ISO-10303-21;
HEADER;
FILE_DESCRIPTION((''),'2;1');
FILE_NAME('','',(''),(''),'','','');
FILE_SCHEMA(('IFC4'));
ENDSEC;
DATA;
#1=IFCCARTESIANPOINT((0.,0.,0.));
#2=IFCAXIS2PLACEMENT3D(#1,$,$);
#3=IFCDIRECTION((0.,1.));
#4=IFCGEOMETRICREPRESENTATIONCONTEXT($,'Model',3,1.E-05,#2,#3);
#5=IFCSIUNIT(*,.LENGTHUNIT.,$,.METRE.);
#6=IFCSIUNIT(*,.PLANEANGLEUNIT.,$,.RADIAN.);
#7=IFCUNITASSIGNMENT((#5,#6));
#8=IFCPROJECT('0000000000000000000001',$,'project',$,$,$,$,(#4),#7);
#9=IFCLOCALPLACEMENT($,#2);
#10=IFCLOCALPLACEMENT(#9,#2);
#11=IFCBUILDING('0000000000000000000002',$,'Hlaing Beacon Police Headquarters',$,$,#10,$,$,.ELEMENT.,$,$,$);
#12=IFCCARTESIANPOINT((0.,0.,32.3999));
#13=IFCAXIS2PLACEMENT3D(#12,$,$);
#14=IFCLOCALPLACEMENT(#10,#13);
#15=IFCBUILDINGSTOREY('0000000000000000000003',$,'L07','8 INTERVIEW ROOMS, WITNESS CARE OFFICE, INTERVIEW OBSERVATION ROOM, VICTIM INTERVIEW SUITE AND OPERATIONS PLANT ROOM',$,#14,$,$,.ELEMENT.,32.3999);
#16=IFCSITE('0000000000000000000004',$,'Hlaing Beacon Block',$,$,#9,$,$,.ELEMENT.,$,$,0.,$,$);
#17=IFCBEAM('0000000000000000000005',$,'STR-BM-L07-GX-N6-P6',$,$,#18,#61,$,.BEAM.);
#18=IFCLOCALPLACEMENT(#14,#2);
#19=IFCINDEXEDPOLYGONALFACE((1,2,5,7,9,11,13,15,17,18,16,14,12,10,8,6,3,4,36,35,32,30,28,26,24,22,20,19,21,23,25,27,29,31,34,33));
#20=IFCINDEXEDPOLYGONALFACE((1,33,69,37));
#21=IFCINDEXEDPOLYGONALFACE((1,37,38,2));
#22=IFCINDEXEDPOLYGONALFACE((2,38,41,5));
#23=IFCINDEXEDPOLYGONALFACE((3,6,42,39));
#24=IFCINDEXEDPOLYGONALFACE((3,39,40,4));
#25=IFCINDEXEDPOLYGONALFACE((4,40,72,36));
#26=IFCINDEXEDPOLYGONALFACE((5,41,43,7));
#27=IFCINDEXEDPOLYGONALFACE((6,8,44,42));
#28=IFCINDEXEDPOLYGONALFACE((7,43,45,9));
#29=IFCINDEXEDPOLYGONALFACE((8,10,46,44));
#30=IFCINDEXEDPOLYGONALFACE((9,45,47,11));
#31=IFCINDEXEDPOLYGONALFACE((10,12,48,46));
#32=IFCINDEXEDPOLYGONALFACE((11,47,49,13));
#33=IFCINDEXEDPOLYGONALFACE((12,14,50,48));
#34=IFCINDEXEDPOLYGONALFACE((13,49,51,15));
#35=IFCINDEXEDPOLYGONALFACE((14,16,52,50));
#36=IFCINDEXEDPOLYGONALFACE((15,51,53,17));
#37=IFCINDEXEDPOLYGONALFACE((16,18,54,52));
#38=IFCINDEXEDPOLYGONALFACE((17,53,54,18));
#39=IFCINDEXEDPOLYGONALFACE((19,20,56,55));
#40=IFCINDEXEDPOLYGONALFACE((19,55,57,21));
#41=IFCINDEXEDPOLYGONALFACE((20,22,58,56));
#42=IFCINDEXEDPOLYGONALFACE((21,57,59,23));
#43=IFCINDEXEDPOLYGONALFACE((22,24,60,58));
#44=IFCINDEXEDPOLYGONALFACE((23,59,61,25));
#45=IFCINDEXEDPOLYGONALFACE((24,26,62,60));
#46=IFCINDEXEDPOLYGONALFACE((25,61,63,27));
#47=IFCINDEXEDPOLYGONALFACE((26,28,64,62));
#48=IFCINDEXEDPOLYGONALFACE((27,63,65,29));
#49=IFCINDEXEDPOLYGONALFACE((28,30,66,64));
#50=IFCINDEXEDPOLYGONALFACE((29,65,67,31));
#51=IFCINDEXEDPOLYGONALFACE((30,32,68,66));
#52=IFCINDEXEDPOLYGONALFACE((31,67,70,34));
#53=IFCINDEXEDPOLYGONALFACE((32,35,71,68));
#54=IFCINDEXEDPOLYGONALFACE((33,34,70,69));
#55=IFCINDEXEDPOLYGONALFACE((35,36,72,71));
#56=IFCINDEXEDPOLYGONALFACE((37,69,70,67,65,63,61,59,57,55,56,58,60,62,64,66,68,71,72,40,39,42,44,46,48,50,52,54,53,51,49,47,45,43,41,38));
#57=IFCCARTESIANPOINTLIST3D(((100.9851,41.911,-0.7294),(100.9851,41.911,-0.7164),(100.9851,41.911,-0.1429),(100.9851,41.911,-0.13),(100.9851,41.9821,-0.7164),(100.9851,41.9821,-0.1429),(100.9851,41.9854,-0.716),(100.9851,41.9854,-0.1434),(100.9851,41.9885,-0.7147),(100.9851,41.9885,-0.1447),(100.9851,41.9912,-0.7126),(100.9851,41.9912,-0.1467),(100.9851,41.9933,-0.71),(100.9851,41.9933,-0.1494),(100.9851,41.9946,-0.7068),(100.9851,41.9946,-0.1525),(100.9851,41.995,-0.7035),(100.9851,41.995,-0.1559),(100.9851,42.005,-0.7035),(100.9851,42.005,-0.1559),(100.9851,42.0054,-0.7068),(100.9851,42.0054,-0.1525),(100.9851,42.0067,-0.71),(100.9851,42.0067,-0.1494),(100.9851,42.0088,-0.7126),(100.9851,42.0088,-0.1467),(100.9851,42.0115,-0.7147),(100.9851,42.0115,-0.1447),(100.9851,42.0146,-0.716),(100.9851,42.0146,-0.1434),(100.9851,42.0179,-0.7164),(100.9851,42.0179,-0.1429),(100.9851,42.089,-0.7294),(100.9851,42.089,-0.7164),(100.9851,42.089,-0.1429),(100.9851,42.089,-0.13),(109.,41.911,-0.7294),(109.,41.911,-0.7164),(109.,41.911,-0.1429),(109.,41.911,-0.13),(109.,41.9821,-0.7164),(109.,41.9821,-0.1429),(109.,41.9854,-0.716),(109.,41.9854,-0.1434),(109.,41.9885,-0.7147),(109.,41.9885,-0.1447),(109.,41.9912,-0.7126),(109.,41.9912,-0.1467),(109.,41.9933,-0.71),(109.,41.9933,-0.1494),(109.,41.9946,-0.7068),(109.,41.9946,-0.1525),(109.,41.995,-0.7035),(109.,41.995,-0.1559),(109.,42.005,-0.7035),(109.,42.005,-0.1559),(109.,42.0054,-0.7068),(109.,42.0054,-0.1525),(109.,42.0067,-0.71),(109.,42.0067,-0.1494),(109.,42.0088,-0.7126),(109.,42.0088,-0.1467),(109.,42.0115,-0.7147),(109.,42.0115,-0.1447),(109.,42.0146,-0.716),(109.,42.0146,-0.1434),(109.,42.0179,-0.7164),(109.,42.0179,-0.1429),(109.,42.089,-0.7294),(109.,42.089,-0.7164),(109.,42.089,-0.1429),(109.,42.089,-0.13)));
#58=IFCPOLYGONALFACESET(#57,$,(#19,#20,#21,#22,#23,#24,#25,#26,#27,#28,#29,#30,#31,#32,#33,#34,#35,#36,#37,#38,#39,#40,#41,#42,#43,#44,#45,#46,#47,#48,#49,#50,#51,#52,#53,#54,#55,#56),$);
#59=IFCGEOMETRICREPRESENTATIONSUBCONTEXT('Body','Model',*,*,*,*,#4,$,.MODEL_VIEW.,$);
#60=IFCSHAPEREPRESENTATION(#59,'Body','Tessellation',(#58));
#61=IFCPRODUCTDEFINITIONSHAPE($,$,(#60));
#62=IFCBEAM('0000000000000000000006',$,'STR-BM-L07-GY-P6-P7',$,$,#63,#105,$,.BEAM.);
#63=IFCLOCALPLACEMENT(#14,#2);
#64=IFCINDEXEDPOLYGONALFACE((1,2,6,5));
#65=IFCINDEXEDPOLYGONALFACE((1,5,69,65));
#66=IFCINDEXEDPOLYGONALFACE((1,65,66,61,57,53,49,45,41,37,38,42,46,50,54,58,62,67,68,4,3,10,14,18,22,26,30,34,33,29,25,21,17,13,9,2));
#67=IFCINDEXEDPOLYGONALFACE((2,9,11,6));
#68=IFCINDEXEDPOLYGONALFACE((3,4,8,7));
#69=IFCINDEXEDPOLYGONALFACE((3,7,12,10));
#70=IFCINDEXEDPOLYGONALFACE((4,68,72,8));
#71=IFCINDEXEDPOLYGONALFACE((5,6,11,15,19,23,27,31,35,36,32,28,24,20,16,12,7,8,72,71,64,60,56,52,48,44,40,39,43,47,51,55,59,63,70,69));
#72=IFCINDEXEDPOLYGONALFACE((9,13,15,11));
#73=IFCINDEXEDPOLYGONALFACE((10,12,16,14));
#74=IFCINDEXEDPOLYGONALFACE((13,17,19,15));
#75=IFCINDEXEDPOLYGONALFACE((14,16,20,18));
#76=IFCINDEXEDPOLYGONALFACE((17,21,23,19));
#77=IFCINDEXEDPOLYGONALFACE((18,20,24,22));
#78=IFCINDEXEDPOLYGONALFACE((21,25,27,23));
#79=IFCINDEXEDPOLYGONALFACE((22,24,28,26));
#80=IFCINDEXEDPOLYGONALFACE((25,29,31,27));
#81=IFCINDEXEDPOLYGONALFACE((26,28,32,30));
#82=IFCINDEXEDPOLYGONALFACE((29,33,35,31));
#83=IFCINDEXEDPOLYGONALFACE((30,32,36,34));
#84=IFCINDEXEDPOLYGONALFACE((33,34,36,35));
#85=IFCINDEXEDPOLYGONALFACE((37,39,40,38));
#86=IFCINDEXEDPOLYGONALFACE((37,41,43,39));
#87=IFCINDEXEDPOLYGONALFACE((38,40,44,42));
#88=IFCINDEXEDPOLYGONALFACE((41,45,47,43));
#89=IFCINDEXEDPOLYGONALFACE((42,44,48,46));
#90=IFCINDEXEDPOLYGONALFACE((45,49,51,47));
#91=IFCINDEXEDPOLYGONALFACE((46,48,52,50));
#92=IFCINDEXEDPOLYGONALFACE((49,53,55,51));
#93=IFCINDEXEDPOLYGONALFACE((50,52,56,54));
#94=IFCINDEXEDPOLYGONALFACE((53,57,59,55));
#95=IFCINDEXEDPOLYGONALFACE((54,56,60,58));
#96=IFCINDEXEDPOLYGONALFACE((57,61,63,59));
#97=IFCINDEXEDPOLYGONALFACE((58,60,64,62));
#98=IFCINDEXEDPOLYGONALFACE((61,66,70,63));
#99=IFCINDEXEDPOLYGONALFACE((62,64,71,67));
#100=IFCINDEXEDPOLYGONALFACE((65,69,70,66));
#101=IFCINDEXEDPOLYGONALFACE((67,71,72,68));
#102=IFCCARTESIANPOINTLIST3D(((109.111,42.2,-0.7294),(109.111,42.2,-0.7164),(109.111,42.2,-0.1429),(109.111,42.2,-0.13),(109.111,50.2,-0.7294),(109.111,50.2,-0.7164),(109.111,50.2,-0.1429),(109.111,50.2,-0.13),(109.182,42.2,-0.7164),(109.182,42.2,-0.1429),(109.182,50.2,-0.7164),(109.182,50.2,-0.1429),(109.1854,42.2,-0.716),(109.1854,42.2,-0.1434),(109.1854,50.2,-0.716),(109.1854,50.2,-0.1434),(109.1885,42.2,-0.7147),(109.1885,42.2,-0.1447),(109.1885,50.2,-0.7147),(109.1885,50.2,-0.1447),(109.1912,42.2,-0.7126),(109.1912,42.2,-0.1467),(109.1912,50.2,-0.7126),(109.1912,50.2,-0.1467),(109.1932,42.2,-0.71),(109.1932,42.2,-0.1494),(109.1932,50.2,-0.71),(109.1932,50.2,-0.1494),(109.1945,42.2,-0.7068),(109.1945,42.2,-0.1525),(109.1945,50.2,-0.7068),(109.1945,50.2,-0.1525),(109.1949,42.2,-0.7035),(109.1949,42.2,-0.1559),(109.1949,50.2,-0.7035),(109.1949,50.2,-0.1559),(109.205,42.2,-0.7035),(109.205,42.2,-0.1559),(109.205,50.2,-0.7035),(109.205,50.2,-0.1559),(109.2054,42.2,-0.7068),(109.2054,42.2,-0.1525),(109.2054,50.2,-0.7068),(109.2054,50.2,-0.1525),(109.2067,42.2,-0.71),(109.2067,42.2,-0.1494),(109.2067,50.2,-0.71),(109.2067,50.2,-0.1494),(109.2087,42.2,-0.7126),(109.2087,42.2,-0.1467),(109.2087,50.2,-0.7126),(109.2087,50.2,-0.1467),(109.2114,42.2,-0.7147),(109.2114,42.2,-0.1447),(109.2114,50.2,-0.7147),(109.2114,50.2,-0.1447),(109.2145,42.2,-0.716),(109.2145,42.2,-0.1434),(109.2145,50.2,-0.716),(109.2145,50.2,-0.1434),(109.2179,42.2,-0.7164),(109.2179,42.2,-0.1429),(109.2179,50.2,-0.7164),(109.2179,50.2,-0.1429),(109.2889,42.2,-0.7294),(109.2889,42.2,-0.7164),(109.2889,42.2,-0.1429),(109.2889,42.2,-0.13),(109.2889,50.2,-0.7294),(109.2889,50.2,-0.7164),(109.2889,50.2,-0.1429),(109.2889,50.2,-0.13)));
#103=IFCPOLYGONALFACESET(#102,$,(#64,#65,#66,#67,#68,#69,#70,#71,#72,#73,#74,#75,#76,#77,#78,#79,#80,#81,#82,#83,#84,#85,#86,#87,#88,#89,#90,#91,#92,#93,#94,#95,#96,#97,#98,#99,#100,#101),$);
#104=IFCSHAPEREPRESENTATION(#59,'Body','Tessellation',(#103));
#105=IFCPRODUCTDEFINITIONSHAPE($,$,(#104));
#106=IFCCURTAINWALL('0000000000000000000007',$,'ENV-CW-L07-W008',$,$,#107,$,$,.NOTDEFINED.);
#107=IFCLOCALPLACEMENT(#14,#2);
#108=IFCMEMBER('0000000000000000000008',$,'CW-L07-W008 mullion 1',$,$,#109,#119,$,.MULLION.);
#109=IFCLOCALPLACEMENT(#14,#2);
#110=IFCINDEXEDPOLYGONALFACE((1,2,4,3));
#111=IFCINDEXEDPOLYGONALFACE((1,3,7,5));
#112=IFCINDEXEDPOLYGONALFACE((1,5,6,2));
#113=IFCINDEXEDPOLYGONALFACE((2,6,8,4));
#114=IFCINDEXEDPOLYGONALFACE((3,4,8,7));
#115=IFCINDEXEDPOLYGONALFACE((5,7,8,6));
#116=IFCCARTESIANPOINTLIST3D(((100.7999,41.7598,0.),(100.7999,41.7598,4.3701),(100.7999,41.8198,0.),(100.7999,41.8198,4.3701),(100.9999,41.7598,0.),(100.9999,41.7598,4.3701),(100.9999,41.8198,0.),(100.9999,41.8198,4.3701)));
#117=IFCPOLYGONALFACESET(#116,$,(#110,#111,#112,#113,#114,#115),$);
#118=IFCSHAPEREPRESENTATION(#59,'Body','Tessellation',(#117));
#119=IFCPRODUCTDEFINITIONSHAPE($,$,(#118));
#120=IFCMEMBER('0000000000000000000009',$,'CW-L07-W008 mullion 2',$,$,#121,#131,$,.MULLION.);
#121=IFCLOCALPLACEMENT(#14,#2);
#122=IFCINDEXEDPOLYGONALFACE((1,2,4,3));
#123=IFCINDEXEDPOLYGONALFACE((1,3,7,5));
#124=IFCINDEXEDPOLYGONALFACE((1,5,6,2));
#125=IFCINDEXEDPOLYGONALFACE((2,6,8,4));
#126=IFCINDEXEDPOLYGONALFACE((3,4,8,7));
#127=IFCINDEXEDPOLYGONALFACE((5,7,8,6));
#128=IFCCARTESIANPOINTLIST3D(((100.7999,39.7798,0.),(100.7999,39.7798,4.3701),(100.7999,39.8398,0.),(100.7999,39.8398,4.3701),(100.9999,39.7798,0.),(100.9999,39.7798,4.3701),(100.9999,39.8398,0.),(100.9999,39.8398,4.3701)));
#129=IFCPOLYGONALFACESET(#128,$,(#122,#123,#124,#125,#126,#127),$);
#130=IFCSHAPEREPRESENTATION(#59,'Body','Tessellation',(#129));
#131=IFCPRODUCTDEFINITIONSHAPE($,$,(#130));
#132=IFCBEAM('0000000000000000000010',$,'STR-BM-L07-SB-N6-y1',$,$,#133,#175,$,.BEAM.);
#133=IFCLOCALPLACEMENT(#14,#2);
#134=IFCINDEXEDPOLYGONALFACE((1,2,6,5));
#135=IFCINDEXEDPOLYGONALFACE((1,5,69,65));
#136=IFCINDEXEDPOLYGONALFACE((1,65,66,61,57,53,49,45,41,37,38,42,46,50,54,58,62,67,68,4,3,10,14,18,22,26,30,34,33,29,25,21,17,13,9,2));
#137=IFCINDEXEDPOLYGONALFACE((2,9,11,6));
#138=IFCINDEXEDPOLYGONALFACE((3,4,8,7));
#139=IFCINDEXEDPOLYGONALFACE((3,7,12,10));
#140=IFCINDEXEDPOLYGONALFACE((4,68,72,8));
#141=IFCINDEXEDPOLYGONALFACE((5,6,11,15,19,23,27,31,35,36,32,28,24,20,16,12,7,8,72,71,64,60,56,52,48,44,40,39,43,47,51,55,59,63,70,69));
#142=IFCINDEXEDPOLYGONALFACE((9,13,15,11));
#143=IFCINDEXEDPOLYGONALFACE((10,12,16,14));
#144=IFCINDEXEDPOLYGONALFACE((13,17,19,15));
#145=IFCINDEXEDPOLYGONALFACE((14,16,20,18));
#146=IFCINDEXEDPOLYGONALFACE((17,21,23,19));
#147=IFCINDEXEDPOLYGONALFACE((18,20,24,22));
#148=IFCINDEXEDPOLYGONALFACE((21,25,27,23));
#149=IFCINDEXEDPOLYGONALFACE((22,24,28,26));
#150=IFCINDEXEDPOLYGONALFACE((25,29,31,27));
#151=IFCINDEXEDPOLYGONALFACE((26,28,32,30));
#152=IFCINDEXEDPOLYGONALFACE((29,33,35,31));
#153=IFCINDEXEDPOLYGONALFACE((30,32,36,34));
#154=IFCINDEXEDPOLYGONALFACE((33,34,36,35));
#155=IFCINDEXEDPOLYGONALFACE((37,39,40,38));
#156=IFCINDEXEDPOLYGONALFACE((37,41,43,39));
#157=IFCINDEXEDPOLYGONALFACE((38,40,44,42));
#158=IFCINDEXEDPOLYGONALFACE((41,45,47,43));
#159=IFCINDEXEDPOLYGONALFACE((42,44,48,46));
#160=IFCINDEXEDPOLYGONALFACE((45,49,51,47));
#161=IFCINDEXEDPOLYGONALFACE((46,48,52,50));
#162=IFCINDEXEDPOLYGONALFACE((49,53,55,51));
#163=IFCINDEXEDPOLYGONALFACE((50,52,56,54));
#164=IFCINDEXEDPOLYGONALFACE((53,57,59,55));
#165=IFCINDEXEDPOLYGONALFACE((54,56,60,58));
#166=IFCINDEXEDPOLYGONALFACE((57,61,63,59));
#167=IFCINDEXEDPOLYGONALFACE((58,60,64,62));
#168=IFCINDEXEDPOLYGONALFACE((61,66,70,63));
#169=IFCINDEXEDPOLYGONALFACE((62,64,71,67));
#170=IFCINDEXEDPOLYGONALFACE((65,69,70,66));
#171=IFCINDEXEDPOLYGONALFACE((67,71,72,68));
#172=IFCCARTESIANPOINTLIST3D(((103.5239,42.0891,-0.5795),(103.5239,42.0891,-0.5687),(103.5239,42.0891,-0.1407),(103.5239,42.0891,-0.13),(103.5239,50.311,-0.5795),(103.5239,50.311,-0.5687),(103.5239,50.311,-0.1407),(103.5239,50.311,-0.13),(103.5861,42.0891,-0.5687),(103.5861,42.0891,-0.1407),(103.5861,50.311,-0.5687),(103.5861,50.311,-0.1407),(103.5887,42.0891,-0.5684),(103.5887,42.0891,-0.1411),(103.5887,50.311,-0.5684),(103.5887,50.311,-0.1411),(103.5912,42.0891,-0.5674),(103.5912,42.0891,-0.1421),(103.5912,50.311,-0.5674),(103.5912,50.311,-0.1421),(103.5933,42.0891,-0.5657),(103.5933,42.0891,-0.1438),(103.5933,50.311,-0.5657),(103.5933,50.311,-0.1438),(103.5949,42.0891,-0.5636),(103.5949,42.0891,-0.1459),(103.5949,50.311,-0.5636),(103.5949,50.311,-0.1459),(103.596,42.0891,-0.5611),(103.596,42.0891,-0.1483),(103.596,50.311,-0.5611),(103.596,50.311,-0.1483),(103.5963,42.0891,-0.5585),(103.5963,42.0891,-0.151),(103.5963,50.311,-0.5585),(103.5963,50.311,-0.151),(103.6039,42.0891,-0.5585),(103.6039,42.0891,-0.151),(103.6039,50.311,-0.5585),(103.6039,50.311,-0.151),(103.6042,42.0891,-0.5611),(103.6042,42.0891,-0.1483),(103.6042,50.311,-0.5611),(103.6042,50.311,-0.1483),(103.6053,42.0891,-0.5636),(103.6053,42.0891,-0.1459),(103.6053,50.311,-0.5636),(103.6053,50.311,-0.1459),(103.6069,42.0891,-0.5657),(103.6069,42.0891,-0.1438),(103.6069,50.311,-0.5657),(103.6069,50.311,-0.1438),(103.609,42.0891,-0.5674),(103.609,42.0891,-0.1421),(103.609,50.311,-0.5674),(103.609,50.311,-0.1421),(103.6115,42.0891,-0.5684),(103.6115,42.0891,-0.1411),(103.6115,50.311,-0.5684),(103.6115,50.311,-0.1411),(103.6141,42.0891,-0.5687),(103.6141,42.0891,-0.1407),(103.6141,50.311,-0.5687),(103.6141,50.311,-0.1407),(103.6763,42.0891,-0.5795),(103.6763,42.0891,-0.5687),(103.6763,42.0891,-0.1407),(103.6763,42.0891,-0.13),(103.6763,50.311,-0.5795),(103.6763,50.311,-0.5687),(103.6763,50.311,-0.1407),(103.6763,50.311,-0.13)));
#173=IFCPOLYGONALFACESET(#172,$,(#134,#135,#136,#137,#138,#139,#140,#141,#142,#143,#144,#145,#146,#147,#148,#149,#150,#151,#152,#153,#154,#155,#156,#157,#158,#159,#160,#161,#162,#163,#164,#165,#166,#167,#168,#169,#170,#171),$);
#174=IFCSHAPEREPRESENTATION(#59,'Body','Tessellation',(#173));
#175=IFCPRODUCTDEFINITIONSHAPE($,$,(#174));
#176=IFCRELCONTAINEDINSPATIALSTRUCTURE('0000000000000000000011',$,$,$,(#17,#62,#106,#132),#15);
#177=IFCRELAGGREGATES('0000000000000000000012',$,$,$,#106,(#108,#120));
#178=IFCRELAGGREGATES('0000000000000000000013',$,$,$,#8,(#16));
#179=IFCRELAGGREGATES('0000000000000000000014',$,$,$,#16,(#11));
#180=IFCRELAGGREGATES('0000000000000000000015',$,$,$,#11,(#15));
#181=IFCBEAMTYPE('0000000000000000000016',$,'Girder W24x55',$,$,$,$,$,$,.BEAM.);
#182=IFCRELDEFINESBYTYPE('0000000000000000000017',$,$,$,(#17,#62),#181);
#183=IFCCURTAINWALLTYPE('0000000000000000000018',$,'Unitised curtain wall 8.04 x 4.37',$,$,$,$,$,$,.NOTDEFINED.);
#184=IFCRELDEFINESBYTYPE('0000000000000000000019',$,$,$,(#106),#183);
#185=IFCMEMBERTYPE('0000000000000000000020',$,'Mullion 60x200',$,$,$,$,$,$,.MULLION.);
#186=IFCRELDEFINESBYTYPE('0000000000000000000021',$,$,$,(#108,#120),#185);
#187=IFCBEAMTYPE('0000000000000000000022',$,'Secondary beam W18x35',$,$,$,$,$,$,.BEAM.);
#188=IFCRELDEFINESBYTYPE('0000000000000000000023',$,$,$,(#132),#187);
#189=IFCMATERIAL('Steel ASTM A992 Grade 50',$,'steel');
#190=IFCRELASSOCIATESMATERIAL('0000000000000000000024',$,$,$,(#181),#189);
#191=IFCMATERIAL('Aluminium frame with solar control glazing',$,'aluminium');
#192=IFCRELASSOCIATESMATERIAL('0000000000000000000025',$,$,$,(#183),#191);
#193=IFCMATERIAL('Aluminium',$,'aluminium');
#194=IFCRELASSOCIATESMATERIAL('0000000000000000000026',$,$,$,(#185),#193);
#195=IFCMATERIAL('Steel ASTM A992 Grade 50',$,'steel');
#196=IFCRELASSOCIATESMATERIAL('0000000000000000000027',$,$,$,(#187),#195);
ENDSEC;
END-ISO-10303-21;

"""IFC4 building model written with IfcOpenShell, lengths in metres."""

from ifc_helpers import new_model, si_unit, direction, frame, origin, origin_2d, place, context, subcontext, project, spatial, rectangle, i_section, extrude, material, material_profile, profile_set, type_object, element, aggregate, save


model = new_model("IFC4")

# Units and contexts
model_context = context("Model", 3, precision=1e-05, world=origin(), true_north=direction((0.0, 1.0)))
body_context = subcontext(model_context, "Body", "Model", "MODEL_VIEW")
ifc_project = project(units=[si_unit("LENGTHUNIT", "METRE"), si_unit("PLANEANGLEUNIT", "RADIAN")], contexts=[model_context])

# Site, building, storey
site_placement = place(None, origin())
site = spatial("IfcSite", under=ifc_project, at=site_placement, Name="Hlaing Beacon Block", CompositionType="ELEMENT", RefElevation=0.0)
building_placement = place(site_placement, origin())
building = spatial("IfcBuilding", under=site, at=building_placement, Name="Hlaing Beacon Police Headquarters", CompositionType="ELEMENT")
storey_placement = place(building_placement, frame((0.0, 0.0, 32.3999)))
storey = spatial("IfcBuildingStorey", under=building, at=storey_placement, Name="L07", Description="8 INTERVIEW ROOMS, WITNESS CARE OFFICE, INTERVIEW OBSERVATION ROOM, VICTIM INTERVIEW SUITE AND OPERATIONS PLANT ROOM", CompositionType="ELEMENT", Elevation=32.3999)

# Beams
ifc_material_1 = material(Name="Steel ASTM A992 Grade 50", Category="steel")
ifc_material_profile_1 = material_profile(ifc_material_1, i_section(OverallWidth=0.178, OverallDepth=0.5994, WebThickness=0.01, FlangeThickness=0.0129, FilletRadius=0.0129, at=origin_2d()), Name="W24x55")
ifc_profile_set_1 = profile_set([ifc_material_profile_1], Name="Steel ASTM A992 Grade 50")
beam_type_1 = type_object("IfcBeamType", Name="Girder W24x55", PredefinedType="BEAM", material=ifc_profile_set_1)
beam_1_placement = place(storey_placement, frame((100.9851, 42.0, -0.4297), z_axis=(1.0, 0.0, 0.0), x_axis=(0.0, 1.0, 0.0)))
element("IfcBeam", 1, at=beam_1_placement, inside=storey, type_object=beam_type_1, Name="STR-BM-L07-GX-N6-P6", PredefinedType="BEAM", context=body_context, shape_type="SweptSolid", body=[
    extrude(i_section(OverallWidth=0.178, OverallDepth=0.5994, WebThickness=0.01, FlangeThickness=0.0129, FilletRadius=0.0129, at=origin_2d()), origin(), (0.0, 0.0, 1.0), 8.0149),
])
beam_2_placement = place(storey_placement, frame((109.2, 42.2, -0.4297), z_axis=(0.0, 1.0, 0.0), x_axis=(-1.0, 0.0, 0.0)))
element("IfcBeam", 2, at=beam_2_placement, inside=storey, type_object=beam_type_1, Name="STR-BM-L07-GY-P6-P7", PredefinedType="BEAM", context=body_context, shape_type="SweptSolid", body=[
    extrude(i_section(OverallWidth=0.178, OverallDepth=0.5994, WebThickness=0.01, FlangeThickness=0.0129, FilletRadius=0.0129, at=origin_2d()), origin(), (0.0, 0.0, 1.0), 8.0),
])

# Curtain wall, members
ifc_material_2 = material(Name="Aluminium frame with solar control glazing", Category="aluminium")
curtain_wall_type = type_object("IfcCurtainWallType", Name="Unitised curtain wall 8.04 x 4.37", PredefinedType="NOTDEFINED", material=ifc_material_2)
curtain_wall_1_placement = place(storey_placement, origin())
curtain_wall_1 = element("IfcCurtainWall", 3, at=curtain_wall_1_placement, inside=storey, type_object=curtain_wall_type, Name="ENV-CW-L07-W008", PredefinedType="NOTDEFINED")
ifc_material_3 = material(Name="Aluminium", Category="aluminium")
ifc_material_profile_2 = material_profile(ifc_material_3, rectangle(XDim=0.2, YDim=0.0601, at=origin_2d()), Name="Mullion 60x200")
ifc_profile_set_2 = profile_set([ifc_material_profile_2], Name="Aluminium")
member_type_1 = type_object("IfcMemberType", Name="Mullion 60x200", PredefinedType="MULLION", material=ifc_profile_set_2)
member_1_placement = place(storey_placement, frame((100.8999, 41.7898, 0.0), z_axis=(0.0, 0.0, 1.0), x_axis=(1.0, 0.0, 0.0)))
member_1 = element("IfcMember", 4, at=member_1_placement, type_object=member_type_1, Name="CW-L07-W008 mullion 1", PredefinedType="MULLION", context=body_context, shape_type="SweptSolid", body=[
    extrude(rectangle(XDim=0.2, YDim=0.0601, at=origin_2d()), origin(), (0.0, 0.0, 1.0), 4.3701),
])
member_2_placement = place(storey_placement, frame((100.8999, 39.8098, 0.0), z_axis=(0.0, 0.0, 1.0), x_axis=(1.0, 0.0, 0.0)))
member_2 = element("IfcMember", 5, at=member_2_placement, type_object=member_type_1, Name="CW-L07-W008 mullion 2", PredefinedType="MULLION", context=body_context, shape_type="SweptSolid", body=[
    extrude(rectangle(XDim=0.2, YDim=0.0601, at=origin_2d()), origin(), (0.0, 0.0, 1.0), 4.3701),
])

# Beam
ifc_material_4 = material(Name="Steel ASTM A992 Grade 50", Category="steel")
ifc_material_profile_3 = material_profile(ifc_material_4, i_section(OverallWidth=0.1523, OverallDepth=0.4495, WebThickness=0.0076, FlangeThickness=0.0107, FilletRadius=0.0103, at=origin_2d()), Name="W18x35")
ifc_profile_set_3 = profile_set([ifc_material_profile_3], Name="Steel ASTM A992 Grade 50")
beam_type_2 = type_object("IfcBeamType", Name="Secondary beam W18x35", PredefinedType="BEAM", material=ifc_profile_set_3)
for number, where, z_axis, x_axis, name in (
    (6, (103.6001, 42.0891, -0.3547), (0.0, 1.0, 0.0), (-1.0, 0.0, 0.0), "STR-BM-L07-SB-N6-y1"),
):
    element("IfcBeam", number, at=place(storey_placement, frame(where, z_axis=z_axis, x_axis=x_axis)), inside=storey, type_object=beam_type_2, Name=name, PredefinedType="BEAM", context=body_context, shape_type="SweptSolid", body=[
        extrude(i_section(OverallWidth=0.1523, OverallDepth=0.4495, WebThickness=0.0076, FlangeThickness=0.0107, FilletRadius=0.0103, at=origin_2d()), origin(), (0.0, 0.0, 1.0), 8.2219),
    ])

aggregate(curtain_wall_1, [member_1, member_2])

save(model, "model.ifc")
